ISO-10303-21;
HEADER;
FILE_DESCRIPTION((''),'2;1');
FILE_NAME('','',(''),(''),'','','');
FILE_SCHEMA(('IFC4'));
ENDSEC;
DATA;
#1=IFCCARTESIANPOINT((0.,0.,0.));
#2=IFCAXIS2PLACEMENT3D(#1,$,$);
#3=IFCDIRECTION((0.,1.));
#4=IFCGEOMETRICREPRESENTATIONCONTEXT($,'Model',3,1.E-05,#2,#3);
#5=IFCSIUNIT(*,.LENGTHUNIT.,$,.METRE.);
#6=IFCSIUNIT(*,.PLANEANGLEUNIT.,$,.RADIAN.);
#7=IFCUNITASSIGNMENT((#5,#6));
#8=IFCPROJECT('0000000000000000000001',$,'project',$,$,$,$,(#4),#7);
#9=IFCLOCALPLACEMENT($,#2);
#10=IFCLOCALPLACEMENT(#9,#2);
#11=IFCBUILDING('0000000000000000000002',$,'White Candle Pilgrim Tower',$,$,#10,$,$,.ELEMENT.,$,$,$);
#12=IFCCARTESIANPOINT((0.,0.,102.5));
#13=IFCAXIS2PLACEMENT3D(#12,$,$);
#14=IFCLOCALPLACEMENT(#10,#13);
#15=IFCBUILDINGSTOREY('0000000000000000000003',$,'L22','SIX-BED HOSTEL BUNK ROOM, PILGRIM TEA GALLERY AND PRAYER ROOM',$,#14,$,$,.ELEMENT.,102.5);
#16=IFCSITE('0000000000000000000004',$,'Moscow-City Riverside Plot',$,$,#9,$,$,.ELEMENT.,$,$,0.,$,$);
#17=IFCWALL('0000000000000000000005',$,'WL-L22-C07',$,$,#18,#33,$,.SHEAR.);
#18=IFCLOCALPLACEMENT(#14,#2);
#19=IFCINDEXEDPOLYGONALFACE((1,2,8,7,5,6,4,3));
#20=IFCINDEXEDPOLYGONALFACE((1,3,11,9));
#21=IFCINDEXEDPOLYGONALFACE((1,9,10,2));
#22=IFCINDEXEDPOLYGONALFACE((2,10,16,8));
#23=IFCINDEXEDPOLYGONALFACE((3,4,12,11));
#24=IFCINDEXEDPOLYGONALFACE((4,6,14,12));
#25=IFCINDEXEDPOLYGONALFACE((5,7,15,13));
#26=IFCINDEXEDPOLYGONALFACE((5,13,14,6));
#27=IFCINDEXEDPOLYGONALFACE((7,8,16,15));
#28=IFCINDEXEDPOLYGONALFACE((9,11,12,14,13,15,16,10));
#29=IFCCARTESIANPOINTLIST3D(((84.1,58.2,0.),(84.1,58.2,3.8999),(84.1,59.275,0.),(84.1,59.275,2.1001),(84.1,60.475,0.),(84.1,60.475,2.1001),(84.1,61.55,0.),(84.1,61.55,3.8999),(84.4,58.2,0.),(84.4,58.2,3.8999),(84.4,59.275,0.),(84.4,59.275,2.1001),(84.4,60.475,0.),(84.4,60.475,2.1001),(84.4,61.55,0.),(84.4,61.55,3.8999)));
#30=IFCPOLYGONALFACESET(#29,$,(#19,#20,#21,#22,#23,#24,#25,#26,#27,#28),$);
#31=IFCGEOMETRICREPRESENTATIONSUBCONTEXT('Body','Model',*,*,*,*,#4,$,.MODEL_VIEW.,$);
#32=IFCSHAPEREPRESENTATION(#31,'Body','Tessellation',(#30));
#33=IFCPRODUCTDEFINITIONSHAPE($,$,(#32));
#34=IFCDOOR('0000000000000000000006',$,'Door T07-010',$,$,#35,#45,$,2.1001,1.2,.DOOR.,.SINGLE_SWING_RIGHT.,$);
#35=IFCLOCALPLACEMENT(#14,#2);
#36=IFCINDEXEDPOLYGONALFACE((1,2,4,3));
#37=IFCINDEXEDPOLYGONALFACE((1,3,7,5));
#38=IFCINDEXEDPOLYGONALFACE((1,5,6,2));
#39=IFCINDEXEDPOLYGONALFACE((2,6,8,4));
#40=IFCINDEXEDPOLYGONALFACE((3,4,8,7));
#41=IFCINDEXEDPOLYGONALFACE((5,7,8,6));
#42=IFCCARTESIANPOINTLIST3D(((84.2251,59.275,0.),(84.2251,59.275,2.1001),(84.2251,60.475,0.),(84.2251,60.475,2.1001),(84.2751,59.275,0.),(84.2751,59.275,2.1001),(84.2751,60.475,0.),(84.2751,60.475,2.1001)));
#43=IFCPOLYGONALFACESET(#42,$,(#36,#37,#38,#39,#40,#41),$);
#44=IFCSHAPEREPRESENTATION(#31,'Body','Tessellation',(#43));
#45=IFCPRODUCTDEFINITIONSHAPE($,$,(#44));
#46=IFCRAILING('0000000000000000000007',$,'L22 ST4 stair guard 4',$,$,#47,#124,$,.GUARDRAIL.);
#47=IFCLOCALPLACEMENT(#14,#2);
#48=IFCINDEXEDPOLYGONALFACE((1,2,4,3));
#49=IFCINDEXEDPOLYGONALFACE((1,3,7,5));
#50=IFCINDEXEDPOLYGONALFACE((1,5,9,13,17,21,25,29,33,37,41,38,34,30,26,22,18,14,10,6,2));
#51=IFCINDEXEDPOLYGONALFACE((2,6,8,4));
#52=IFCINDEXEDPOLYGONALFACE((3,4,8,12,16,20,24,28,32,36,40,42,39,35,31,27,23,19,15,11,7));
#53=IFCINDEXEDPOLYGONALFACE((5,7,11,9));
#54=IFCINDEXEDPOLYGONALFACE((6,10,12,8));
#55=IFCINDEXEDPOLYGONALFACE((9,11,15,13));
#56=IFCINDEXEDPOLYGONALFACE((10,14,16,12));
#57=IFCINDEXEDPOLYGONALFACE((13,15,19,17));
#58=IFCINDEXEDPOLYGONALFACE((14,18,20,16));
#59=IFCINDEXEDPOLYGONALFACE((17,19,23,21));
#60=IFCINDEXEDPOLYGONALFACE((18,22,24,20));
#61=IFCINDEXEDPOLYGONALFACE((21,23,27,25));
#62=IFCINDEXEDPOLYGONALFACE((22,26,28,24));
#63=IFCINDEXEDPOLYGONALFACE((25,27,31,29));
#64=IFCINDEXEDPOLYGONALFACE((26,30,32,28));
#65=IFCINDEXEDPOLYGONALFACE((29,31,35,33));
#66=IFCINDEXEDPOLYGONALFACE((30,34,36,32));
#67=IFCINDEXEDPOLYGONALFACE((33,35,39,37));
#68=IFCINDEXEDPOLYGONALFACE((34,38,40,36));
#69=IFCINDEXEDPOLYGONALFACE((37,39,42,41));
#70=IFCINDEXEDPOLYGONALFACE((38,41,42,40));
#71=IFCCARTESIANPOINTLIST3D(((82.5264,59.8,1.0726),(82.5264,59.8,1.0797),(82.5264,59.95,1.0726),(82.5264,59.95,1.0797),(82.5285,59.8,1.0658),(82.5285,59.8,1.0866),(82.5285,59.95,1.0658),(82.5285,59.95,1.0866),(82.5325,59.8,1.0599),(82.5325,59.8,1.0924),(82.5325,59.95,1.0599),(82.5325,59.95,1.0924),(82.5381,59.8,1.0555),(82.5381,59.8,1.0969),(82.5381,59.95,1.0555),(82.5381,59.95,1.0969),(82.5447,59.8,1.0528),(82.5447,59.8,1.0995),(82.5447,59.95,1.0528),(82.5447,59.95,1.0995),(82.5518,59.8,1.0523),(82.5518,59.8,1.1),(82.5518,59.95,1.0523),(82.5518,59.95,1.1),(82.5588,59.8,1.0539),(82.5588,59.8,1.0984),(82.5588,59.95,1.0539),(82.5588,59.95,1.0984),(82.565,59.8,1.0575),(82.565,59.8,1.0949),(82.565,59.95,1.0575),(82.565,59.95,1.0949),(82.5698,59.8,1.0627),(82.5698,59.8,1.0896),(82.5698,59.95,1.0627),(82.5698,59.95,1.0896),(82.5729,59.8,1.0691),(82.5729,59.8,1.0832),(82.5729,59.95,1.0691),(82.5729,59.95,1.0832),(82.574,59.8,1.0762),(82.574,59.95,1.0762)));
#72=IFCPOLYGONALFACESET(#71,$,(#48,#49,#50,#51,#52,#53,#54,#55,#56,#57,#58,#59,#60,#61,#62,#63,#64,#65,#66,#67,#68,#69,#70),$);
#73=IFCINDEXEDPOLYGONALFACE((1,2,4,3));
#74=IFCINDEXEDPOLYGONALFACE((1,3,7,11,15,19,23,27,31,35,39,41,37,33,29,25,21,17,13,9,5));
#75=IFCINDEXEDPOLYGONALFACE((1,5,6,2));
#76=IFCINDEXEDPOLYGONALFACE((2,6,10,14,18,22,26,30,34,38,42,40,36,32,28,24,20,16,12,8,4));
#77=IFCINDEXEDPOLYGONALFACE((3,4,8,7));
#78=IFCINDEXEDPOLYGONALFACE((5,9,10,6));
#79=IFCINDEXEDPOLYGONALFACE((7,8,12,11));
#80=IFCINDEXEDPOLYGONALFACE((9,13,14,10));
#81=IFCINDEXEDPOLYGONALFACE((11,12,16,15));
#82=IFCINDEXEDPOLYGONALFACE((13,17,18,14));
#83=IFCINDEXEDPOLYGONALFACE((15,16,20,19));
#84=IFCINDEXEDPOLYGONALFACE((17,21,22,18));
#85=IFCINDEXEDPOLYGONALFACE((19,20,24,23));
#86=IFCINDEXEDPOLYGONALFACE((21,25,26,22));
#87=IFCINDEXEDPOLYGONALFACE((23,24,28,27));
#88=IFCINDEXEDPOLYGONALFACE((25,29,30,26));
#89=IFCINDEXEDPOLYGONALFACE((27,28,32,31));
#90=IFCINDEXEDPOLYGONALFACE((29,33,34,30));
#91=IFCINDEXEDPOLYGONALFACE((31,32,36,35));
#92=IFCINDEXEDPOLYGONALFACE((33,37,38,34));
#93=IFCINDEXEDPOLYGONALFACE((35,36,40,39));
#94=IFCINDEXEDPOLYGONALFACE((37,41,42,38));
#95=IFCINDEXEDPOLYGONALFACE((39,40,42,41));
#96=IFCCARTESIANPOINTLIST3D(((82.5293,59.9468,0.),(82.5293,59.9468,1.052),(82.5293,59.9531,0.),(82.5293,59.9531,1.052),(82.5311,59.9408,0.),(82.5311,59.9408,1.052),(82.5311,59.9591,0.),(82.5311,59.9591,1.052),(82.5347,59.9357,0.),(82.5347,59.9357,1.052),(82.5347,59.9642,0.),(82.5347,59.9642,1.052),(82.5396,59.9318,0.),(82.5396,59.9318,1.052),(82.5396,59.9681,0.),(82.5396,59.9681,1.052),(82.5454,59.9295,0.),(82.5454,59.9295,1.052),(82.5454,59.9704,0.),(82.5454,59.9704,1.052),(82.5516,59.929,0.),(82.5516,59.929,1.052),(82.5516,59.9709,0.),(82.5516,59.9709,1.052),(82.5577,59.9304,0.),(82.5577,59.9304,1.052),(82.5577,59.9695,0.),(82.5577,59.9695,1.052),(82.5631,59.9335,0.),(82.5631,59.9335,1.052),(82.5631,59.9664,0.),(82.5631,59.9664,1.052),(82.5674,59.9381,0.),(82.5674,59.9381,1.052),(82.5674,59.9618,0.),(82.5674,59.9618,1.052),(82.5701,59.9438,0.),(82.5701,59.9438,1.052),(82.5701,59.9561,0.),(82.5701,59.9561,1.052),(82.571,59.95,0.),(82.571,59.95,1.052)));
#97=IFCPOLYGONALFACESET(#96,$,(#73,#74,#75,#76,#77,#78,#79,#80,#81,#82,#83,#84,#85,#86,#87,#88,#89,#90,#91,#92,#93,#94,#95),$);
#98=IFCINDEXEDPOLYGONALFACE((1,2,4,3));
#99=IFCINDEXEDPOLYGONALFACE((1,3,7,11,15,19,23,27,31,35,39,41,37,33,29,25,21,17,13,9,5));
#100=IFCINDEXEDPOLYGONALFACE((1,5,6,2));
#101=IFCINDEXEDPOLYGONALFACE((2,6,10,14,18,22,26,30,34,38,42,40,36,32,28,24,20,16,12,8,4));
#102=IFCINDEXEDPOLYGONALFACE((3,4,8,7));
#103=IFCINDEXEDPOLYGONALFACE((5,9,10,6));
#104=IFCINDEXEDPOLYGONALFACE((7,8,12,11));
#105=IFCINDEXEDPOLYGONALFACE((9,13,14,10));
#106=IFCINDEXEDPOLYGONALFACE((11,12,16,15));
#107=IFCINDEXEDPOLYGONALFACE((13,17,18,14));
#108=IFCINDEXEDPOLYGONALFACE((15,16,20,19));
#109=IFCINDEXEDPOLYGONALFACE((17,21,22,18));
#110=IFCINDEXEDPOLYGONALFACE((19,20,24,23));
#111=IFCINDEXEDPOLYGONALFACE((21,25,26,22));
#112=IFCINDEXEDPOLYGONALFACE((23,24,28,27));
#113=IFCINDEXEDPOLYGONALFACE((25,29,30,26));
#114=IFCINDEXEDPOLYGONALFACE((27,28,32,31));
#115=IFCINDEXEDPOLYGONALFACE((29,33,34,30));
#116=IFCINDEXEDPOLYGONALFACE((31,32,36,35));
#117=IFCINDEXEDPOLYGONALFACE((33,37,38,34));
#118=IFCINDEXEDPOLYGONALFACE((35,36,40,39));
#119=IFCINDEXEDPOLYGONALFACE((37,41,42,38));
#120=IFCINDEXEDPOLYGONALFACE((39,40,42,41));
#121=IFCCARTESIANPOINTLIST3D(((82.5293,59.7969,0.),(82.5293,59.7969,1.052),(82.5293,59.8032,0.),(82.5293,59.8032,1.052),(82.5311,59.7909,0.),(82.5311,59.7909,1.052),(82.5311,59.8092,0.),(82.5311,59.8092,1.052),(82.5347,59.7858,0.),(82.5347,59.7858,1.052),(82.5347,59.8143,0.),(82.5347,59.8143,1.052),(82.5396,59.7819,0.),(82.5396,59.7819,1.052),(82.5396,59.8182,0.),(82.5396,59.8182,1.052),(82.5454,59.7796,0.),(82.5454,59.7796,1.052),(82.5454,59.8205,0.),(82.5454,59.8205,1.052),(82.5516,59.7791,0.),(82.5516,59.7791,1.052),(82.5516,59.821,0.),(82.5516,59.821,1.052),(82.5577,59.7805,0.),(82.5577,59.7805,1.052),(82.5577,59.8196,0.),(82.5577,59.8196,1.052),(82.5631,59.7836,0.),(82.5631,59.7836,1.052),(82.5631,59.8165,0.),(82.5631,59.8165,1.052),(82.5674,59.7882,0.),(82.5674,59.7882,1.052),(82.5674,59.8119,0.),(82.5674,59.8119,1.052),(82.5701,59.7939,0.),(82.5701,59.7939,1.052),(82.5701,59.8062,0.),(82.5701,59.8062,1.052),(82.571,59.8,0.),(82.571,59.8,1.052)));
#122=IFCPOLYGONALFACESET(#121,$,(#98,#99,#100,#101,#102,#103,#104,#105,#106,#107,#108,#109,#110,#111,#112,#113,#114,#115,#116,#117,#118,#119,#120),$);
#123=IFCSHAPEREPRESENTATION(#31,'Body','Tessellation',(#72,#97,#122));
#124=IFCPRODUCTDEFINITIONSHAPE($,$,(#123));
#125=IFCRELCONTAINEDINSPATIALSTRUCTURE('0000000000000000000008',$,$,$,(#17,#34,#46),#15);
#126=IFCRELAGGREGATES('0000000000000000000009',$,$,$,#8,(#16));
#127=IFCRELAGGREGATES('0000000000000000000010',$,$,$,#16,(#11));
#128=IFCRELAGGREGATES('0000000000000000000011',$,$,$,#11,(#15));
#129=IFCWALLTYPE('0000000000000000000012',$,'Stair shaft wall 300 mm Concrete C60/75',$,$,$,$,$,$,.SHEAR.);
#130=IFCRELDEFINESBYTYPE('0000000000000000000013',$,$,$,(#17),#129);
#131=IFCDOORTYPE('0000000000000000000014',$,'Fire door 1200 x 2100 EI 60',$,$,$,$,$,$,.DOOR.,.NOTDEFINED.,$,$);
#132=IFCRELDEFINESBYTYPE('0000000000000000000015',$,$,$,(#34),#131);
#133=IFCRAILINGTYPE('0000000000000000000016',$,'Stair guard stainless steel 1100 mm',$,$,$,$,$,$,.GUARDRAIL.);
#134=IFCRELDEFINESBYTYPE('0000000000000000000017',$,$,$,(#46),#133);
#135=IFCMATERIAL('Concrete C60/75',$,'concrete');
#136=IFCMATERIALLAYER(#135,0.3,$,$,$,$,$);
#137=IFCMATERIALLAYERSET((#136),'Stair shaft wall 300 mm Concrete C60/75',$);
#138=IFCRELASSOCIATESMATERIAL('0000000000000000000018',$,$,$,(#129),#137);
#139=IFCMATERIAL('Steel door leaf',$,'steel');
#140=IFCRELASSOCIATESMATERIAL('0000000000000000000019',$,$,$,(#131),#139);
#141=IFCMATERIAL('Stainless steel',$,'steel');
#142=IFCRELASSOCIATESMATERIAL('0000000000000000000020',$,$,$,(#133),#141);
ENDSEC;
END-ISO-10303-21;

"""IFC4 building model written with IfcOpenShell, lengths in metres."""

from ifc_helpers import new_model, si_unit, direction, frame, frame_2d, origin, origin_2d, place, context, subcontext, project, spatial, rectangle, circle, extrude, material, layer, layer_set, type_object, element, fill, save


model = new_model("IFC4")

# Units and contexts
model_context = context("Model", 3, precision=1e-05, world=origin(), true_north=direction((0.0, 1.0)))
body_context = subcontext(model_context, "Body", "Model", "MODEL_VIEW")
ifc_project = project(units=[si_unit("LENGTHUNIT", "METRE"), si_unit("PLANEANGLEUNIT", "RADIAN")], contexts=[model_context])

# Site, building, storey
site_placement = place(None, origin())
site = spatial("IfcSite", under=ifc_project, at=site_placement, Name="Moscow-City Riverside Plot", CompositionType="ELEMENT", RefElevation=0.0)
building_placement = place(site_placement, origin())
building = spatial("IfcBuilding", under=site, at=building_placement, Name="White Candle Pilgrim Tower", CompositionType="ELEMENT")
storey_placement = place(building_placement, frame((0.0, 0.0, 102.5)))
storey = spatial("IfcBuildingStorey", under=building, at=storey_placement, Name="L22", Description="SIX-BED HOSTEL BUNK ROOM, PILGRIM TEA GALLERY AND PRAYER ROOM", CompositionType="ELEMENT", Elevation=102.5)

# Shared definitions
ifc_material_1 = material(Name="Concrete C60/75", Category="concrete")

# Shared definitions
ifc_material_2 = material(Name="Steel door leaf", Category="steel")

# Wall, opening, door
ifc_layer_1 = layer(ifc_material_1, 0.3)
ifc_layer_set_1 = layer_set([ifc_layer_1], Name="Stair shaft wall 300 mm Concrete C60/75")
wall_type_1 = type_object("IfcWallType", Name="Stair shaft wall 300 mm Concrete C60/75", PredefinedType="SHEAR", material=ifc_layer_set_1)
wall_1_placement = place(storey_placement, frame((84.25, 58.2, 0.0), z_axis=(0.0, 0.0, 1.0), x_axis=(0.0, 1.0, 0.0)))
wall_1 = element("IfcWall", 1, at=wall_1_placement, inside=storey, type_object=wall_type_1, Name="WL-L22-C07", PredefinedType="SHEAR", context=body_context, shape_type="SweptSolid", body=[
    extrude(rectangle(XDim=3.3501, YDim=0.3, at=frame_2d((1.675, 0.0))), origin(), (0.0, 0.0, 1.0), 3.8999),
])
opening_1_placement = place(wall_1_placement, frame((1.075, 0.0, 0.0)))
opening_1 = element("IfcOpeningElement", 2, at=opening_1_placement, cuts=wall_1, PredefinedType="OPENING", context=body_context, shape_type="SweptSolid", body=[
    extrude(rectangle(XDim=1.2, YDim=2.1001, at=frame_2d((0.6001, 1.05))), frame((0.0, 0.1599, 0.0), z_axis=(0.0, -1.0, 0.0), x_axis=(1.0, 0.0, 0.0)), (0.0, 0.0, 1.0), 0.3201),
])
door_type_1 = type_object("IfcDoorType", Name="Fire door 1200 x 2100 EI 60", OperationType="NOTDEFINED", PredefinedType="DOOR", material=ifc_material_2)
door_1_placement = place(opening_1_placement, origin())
door_1 = element("IfcDoor", 3, at=door_1_placement, inside=storey, type_object=door_type_1, Name="Door T07-010", OperationType="SINGLE_SWING_RIGHT", OverallHeight=2.1001, OverallWidth=1.2, PredefinedType="DOOR", context=body_context, shape_type="SweptSolid", body=[
    extrude(rectangle(XDim=1.2, YDim=2.1001, at=frame_2d((0.6001, 1.05))), frame((0.0, 0.0249, 0.0), z_axis=(0.0, -1.0, 0.0), x_axis=(1.0, 0.0, 0.0)), (0.0, 0.0, 1.0), 0.05),
])
fill(opening_1, door_1)

# Railing
ifc_material_3 = material(Name="Stainless steel", Category="steel")
railing_type_1 = type_object("IfcRailingType", Name="Stair guard stainless steel 1100 mm", PredefinedType="GUARDRAIL", material=ifc_material_3)
railing_1_placement = place(storey_placement, frame((82.55, 59.95, 0.0)))
element("IfcRailing", 4, at=railing_1_placement, inside=storey, type_object=railing_type_1, Name="L22 ST4 stair guard 4", PredefinedType="GUARDRAIL", context=body_context, shape_type="SweptSolid", body=[
    extrude(circle(Radius=0.0239, at=origin_2d()), frame((0.0, 0.0, 1.0762), z_axis=(0.0, -1.0, 0.0), x_axis=(1.0, 0.0, 0.0)), (0.0, 0.0, 1.0), 0.1499),
    extrude(circle(Radius=0.021, at=origin_2d()), origin(), (0.0, 0.0, 1.0), 1.052),
    extrude(circle(Radius=0.021, at=origin_2d()), frame((0.0, -0.1499, 0.0)), (0.0, 0.0, 1.0), 1.052),
])

save(model, "model.ifc")
